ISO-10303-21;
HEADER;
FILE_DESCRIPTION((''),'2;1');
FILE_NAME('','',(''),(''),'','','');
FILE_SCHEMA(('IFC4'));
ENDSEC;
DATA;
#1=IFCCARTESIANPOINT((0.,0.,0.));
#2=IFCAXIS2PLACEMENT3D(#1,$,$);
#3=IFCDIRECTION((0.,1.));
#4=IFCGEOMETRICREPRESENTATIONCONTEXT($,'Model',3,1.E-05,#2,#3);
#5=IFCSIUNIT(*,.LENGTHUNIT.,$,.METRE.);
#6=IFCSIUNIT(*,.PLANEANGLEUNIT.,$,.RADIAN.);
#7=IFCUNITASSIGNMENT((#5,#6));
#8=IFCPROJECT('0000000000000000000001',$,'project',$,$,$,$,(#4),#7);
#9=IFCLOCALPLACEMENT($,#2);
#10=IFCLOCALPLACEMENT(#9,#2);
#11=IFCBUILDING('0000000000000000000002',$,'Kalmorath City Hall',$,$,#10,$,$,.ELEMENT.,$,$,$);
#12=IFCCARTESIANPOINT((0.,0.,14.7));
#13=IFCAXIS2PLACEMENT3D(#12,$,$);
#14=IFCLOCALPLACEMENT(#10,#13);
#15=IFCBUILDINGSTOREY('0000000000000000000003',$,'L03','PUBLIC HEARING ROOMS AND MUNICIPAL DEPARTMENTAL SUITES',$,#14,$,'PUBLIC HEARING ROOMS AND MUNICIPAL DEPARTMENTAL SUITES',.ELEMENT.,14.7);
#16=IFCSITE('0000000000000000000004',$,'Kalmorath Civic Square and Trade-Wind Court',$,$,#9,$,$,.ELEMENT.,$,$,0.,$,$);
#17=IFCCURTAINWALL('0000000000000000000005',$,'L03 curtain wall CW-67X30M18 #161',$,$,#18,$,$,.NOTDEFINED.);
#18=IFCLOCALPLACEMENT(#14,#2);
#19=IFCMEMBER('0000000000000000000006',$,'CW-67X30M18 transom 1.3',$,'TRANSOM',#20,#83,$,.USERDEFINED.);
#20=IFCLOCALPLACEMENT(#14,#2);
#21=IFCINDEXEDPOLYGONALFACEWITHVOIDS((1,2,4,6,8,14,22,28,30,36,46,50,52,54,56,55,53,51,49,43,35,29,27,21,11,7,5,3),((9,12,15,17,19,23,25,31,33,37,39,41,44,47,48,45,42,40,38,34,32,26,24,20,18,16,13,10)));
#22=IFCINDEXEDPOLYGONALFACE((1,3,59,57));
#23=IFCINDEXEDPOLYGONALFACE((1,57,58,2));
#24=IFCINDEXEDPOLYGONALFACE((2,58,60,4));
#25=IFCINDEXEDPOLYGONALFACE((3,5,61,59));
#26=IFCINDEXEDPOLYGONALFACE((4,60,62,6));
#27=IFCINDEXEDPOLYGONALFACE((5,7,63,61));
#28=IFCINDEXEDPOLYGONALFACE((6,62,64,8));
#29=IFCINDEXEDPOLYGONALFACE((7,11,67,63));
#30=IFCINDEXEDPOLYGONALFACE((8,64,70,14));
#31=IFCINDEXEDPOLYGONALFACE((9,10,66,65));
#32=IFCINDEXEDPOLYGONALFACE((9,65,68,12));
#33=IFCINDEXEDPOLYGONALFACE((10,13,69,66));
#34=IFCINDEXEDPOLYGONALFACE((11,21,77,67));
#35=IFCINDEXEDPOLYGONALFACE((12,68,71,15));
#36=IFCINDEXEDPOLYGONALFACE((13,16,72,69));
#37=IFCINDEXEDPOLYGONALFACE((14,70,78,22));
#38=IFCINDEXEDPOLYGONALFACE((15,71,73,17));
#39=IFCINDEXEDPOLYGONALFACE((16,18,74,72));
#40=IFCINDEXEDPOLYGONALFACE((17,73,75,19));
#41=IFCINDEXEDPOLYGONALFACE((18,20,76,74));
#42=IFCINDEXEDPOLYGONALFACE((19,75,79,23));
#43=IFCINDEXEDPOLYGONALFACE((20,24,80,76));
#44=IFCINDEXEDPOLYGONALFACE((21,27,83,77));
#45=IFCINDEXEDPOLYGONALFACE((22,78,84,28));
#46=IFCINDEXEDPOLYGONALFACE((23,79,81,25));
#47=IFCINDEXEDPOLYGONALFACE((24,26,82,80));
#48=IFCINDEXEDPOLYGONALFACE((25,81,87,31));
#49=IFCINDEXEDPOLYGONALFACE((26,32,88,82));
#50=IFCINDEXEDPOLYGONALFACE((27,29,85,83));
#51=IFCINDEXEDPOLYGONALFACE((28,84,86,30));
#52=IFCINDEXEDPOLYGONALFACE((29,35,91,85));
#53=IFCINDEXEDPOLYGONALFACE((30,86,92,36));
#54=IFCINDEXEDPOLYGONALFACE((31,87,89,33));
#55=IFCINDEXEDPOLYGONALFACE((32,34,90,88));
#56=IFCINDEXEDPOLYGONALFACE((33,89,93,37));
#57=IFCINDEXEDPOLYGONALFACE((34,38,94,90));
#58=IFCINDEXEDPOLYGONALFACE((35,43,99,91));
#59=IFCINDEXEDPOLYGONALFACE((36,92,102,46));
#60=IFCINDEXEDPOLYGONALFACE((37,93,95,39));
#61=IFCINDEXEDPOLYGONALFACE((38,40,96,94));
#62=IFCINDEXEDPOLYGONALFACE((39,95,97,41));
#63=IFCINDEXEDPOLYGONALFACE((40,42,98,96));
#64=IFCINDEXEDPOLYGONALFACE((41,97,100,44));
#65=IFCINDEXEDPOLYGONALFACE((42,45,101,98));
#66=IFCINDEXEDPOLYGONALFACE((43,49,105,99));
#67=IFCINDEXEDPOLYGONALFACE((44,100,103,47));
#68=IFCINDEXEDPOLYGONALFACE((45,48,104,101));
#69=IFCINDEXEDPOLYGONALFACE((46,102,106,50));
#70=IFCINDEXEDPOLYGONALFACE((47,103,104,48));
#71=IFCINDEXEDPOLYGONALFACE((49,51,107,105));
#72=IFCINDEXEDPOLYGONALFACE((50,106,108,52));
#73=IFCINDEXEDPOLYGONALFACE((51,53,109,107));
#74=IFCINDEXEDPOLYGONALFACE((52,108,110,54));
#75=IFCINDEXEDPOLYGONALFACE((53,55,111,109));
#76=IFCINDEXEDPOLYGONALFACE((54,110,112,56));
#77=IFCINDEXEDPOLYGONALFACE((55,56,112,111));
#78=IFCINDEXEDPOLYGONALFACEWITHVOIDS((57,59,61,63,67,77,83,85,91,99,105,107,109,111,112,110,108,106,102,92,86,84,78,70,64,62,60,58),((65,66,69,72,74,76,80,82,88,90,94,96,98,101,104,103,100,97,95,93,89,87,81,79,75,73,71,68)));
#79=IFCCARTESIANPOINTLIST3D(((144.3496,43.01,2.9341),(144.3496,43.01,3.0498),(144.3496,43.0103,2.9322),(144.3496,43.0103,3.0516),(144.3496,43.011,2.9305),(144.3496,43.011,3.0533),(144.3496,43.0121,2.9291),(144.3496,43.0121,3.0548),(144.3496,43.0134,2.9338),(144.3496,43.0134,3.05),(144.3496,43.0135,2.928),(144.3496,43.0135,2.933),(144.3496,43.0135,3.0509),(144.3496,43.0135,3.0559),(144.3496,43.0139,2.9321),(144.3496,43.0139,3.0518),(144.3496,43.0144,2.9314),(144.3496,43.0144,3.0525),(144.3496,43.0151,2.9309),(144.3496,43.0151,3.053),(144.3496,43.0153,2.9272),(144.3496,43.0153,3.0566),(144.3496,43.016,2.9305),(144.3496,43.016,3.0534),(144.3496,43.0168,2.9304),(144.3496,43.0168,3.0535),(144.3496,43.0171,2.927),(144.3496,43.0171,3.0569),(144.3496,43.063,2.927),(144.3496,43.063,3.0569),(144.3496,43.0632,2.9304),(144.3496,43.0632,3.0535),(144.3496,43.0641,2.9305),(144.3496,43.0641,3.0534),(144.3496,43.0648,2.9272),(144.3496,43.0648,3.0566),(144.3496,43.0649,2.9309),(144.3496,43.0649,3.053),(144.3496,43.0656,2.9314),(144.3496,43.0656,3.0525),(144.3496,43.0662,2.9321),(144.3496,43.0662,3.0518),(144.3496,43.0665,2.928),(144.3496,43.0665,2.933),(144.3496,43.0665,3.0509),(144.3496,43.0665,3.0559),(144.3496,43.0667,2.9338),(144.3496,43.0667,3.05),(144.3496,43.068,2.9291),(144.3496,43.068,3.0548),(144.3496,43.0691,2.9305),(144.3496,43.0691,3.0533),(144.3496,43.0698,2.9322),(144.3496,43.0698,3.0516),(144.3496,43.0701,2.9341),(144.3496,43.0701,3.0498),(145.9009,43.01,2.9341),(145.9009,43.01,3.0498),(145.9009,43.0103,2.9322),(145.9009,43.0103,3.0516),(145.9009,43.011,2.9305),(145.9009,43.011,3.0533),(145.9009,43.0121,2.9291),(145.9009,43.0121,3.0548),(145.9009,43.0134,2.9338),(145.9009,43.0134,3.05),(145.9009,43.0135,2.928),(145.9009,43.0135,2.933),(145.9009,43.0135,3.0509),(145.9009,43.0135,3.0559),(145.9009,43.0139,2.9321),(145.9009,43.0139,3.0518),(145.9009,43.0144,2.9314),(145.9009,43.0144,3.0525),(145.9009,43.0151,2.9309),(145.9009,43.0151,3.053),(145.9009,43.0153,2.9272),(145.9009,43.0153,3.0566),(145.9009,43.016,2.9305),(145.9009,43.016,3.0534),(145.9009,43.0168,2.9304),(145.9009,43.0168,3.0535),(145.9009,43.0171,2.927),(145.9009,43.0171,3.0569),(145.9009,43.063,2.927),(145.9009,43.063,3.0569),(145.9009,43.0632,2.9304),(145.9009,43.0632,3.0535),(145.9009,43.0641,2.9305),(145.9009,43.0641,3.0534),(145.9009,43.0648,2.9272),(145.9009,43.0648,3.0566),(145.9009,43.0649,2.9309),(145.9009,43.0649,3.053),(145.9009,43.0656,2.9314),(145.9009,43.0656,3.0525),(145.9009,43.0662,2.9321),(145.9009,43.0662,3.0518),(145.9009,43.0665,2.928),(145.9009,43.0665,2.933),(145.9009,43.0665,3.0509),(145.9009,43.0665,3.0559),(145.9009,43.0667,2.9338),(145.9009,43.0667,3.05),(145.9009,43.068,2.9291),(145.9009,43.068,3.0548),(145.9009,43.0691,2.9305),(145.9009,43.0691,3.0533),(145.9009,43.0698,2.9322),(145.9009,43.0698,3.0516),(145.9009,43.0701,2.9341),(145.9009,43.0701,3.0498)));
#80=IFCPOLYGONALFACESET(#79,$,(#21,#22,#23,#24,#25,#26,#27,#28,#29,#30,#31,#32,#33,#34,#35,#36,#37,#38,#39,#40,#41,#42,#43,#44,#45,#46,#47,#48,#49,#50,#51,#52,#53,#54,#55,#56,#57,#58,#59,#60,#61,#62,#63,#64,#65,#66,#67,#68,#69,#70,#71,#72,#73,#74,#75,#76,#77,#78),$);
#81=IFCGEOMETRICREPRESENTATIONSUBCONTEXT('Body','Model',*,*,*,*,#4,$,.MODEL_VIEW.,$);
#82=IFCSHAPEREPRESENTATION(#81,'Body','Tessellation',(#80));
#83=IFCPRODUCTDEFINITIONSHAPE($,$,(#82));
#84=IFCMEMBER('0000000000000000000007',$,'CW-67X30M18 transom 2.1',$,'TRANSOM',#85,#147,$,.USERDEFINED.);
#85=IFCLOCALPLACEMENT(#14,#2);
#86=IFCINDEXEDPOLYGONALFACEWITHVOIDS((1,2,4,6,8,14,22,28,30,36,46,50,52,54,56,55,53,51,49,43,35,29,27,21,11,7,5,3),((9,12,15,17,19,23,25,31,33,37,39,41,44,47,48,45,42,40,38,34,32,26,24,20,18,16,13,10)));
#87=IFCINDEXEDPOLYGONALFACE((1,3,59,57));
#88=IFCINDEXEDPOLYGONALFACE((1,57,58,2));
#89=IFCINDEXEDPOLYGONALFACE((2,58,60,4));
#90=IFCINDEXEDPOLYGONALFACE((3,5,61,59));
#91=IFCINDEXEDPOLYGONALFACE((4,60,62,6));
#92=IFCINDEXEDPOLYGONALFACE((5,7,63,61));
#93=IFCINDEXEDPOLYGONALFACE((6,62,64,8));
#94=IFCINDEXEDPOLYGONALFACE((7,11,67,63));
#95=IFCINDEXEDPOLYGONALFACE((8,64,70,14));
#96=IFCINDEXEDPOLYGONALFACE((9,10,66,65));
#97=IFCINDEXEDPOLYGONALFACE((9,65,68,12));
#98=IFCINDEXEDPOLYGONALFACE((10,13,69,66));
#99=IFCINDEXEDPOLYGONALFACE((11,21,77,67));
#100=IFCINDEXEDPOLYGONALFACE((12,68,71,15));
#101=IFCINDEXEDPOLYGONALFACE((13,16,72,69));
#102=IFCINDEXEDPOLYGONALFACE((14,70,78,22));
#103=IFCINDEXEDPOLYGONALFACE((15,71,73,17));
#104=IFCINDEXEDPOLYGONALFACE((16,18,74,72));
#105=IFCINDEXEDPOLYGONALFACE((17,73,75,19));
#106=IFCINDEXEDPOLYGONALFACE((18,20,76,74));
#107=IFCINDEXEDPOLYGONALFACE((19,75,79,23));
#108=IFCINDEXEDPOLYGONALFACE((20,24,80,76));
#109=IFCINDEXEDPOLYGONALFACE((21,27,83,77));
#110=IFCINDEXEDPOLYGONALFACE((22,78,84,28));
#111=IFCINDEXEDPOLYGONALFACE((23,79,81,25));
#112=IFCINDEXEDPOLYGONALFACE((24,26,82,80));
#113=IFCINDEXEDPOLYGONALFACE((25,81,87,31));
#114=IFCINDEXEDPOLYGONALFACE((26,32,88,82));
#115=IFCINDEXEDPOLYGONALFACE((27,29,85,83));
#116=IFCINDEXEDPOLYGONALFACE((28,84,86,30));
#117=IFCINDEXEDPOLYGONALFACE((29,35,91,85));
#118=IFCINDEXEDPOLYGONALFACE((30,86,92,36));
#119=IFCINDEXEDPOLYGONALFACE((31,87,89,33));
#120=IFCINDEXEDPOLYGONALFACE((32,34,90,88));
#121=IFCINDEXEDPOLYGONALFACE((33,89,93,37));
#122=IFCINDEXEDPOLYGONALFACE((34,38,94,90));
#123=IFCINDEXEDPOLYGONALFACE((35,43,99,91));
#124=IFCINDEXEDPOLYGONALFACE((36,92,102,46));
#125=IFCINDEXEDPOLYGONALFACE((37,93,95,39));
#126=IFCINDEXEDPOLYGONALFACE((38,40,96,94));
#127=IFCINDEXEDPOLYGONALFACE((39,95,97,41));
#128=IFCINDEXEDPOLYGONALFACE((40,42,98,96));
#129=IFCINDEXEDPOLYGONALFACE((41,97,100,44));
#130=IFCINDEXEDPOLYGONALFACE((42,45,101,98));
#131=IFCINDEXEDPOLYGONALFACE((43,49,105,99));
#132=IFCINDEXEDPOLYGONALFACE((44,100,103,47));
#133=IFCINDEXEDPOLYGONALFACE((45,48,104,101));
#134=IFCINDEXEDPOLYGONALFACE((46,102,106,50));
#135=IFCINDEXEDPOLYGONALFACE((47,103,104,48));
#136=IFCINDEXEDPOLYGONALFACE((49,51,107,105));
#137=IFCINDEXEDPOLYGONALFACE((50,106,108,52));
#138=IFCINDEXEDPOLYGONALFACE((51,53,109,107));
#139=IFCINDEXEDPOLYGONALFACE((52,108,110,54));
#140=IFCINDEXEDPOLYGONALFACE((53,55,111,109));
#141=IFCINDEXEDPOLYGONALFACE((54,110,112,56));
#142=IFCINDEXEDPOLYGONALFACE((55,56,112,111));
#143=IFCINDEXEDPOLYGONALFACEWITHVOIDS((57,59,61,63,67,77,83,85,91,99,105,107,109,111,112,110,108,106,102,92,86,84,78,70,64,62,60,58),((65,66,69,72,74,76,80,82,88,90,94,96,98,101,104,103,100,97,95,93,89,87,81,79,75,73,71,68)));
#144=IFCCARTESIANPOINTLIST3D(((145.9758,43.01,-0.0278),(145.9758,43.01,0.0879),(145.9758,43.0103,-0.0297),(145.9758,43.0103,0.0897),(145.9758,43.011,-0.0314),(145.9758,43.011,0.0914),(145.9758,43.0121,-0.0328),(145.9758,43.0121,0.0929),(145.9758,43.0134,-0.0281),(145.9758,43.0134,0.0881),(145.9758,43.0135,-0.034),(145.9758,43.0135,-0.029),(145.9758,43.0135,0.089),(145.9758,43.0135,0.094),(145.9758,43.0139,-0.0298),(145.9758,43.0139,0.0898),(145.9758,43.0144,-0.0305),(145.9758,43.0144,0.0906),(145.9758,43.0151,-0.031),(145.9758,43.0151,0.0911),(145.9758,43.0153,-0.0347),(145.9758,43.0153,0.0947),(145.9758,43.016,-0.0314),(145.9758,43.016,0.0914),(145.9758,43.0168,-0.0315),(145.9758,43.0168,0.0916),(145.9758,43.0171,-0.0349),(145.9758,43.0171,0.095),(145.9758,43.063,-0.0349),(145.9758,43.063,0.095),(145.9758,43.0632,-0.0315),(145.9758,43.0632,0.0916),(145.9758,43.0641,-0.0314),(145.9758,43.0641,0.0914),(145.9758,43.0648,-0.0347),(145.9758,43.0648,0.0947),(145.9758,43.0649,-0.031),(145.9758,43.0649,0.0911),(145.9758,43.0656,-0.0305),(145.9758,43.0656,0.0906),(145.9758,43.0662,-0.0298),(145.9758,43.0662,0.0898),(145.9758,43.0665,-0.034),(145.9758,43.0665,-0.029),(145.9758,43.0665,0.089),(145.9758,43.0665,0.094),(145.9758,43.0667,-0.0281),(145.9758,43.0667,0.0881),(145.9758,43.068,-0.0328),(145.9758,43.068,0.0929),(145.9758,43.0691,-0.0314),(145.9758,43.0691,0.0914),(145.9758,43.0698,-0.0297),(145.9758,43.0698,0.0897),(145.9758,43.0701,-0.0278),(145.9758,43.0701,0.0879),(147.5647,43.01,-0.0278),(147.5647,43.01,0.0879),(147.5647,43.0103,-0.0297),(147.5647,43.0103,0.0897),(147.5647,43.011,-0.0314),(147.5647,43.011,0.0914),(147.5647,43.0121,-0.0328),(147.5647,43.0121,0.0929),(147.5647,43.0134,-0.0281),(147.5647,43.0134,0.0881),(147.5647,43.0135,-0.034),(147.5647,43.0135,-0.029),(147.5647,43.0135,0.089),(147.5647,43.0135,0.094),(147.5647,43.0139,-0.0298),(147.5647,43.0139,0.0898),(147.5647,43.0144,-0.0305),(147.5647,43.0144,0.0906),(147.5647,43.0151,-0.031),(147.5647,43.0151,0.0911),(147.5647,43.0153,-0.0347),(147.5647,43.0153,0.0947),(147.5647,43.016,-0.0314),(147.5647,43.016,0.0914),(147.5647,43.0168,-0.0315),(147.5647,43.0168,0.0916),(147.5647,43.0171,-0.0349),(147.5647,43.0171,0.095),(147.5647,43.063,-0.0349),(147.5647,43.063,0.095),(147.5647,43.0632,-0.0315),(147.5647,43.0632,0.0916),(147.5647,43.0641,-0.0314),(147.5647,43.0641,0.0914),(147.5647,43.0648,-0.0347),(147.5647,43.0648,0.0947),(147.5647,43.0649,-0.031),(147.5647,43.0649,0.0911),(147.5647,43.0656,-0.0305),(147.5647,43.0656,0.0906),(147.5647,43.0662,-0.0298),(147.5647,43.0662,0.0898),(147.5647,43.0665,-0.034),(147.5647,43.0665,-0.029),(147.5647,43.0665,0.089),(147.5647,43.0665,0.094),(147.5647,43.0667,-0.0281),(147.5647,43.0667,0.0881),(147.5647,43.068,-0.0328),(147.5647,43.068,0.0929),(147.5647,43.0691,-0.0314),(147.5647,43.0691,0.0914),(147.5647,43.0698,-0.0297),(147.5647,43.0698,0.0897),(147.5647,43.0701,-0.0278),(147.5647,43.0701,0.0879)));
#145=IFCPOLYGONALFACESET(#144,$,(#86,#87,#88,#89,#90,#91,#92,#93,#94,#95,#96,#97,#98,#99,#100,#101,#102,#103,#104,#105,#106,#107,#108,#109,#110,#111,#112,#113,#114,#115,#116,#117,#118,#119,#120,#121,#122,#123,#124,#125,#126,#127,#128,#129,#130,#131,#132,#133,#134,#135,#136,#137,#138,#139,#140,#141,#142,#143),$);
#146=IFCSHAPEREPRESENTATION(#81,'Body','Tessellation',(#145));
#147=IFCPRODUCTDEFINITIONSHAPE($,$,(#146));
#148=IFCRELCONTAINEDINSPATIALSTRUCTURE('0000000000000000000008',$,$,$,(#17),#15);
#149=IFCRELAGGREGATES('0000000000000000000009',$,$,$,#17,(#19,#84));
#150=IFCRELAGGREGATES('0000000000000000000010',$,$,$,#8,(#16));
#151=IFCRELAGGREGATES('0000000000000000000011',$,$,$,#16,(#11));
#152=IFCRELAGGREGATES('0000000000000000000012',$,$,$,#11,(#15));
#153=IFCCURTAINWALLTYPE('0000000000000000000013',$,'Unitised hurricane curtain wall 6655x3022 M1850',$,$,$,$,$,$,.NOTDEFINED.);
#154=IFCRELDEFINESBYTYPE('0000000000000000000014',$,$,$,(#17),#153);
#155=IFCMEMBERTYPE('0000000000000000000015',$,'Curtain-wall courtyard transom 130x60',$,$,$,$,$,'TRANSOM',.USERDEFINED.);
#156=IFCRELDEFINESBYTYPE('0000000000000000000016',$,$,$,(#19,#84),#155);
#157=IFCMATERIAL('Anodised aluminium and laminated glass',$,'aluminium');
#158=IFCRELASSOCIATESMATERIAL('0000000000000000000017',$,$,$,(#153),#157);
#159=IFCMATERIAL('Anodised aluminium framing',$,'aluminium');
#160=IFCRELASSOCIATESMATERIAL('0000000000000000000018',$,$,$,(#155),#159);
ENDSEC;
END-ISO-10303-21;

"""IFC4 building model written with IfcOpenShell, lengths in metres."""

from ifc_helpers import new_model, si_unit, direction, frame, origin, origin_2d, place, context, subcontext, project, spatial, hollow_rectangle, extrude, material, material_profile, profile_set, type_object, element, aggregate, save


model = new_model("IFC4")

# Units and contexts
model_context = context("Model", 3, precision=1e-05, world=origin(), true_north=direction((0.0, 1.0)))
body_context = subcontext(model_context, "Body", "Model", "MODEL_VIEW")
ifc_project = project(units=[si_unit("LENGTHUNIT", "METRE"), si_unit("PLANEANGLEUNIT", "RADIAN")], contexts=[model_context])

# Site, building, storey
site_placement = place(None, origin())
site = spatial("IfcSite", under=ifc_project, at=site_placement, Name="Kalmorath Civic Square and Trade-Wind Court", CompositionType="ELEMENT", RefElevation=0.0)
building_placement = place(site_placement, origin())
building = spatial("IfcBuilding", under=site, at=building_placement, Name="Kalmorath City Hall", CompositionType="ELEMENT")
storey_placement = place(building_placement, frame((0.0, 0.0, 14.7)))
storey = spatial("IfcBuildingStorey", under=building, at=storey_placement, Name="L03", Description="PUBLIC HEARING ROOMS AND MUNICIPAL DEPARTMENTAL SUITES", LongName="PUBLIC HEARING ROOMS AND MUNICIPAL DEPARTMENTAL SUITES", CompositionType="ELEMENT", Elevation=14.7)

# Curtain wall, members
ifc_material_1 = material(Name="Anodised aluminium and laminated glass", Category="aluminium")
curtain_wall_type = type_object("IfcCurtainWallType", Name="Unitised hurricane curtain wall 6655x3022 M1850", PredefinedType="NOTDEFINED", material=ifc_material_1)
curtain_wall_placement = place(storey_placement, origin())
curtain_wall = element("IfcCurtainWall", 1, at=curtain_wall_placement, inside=storey, type_object=curtain_wall_type, Name="L03 curtain wall CW-67X30M18 #161", PredefinedType="NOTDEFINED")
ifc_material_2 = material(Name="Anodised aluminium framing", Category="aluminium")
ifc_material_profile_1 = material_profile(ifc_material_2, hollow_rectangle(XDim=0.0601, YDim=0.1299, WallThickness=0.0034, InnerFilletRadius=0.0034, OuterFilletRadius=0.0071, at=origin_2d()), Name="ALU-TRN-130X60X3.5")
ifc_profile_set_1 = profile_set([ifc_material_profile_1], Name="Anodised aluminium framing")
member_type_1 = type_object("IfcMemberType", Name="Curtain-wall courtyard transom 130x60", ElementType="TRANSOM", PredefinedType="USERDEFINED", material=ifc_profile_set_1)
member_1_placement = place(storey_placement, frame((144.3496, 43.04, 2.9919), z_axis=(1.0, 0.0, 0.0), x_axis=(0.0, 1.0, 0.0)))
member_1 = element("IfcMember", 2, at=member_1_placement, type_object=member_type_1, Name="CW-67X30M18 transom 1.3", ObjectType="TRANSOM", PredefinedType="USERDEFINED", context=body_context, shape_type="SweptSolid", body=[
    extrude(hollow_rectangle(XDim=0.0601, YDim=0.1299, WallThickness=0.0034, InnerFilletRadius=0.0034, OuterFilletRadius=0.0071, at=origin_2d()), origin(), (0.0, 0.0, 1.0), 1.5513),
])
member_2_placement = place(storey_placement, frame((145.9758, 43.04, 0.03), z_axis=(1.0, 0.0, 0.0), x_axis=(0.0, 1.0, 0.0)))
member_2 = element("IfcMember", 3, at=member_2_placement, type_object=member_type_1, Name="CW-67X30M18 transom 2.1", ObjectType="TRANSOM", PredefinedType="USERDEFINED", context=body_context, shape_type="SweptSolid", body=[
    extrude(hollow_rectangle(XDim=0.0601, YDim=0.1299, WallThickness=0.0034, InnerFilletRadius=0.0034, OuterFilletRadius=0.0071, at=origin_2d()), origin(), (0.0, 0.0, 1.0), 1.5889),
])
aggregate(curtain_wall, [member_1, member_2])

save(model, "model.ifc")
